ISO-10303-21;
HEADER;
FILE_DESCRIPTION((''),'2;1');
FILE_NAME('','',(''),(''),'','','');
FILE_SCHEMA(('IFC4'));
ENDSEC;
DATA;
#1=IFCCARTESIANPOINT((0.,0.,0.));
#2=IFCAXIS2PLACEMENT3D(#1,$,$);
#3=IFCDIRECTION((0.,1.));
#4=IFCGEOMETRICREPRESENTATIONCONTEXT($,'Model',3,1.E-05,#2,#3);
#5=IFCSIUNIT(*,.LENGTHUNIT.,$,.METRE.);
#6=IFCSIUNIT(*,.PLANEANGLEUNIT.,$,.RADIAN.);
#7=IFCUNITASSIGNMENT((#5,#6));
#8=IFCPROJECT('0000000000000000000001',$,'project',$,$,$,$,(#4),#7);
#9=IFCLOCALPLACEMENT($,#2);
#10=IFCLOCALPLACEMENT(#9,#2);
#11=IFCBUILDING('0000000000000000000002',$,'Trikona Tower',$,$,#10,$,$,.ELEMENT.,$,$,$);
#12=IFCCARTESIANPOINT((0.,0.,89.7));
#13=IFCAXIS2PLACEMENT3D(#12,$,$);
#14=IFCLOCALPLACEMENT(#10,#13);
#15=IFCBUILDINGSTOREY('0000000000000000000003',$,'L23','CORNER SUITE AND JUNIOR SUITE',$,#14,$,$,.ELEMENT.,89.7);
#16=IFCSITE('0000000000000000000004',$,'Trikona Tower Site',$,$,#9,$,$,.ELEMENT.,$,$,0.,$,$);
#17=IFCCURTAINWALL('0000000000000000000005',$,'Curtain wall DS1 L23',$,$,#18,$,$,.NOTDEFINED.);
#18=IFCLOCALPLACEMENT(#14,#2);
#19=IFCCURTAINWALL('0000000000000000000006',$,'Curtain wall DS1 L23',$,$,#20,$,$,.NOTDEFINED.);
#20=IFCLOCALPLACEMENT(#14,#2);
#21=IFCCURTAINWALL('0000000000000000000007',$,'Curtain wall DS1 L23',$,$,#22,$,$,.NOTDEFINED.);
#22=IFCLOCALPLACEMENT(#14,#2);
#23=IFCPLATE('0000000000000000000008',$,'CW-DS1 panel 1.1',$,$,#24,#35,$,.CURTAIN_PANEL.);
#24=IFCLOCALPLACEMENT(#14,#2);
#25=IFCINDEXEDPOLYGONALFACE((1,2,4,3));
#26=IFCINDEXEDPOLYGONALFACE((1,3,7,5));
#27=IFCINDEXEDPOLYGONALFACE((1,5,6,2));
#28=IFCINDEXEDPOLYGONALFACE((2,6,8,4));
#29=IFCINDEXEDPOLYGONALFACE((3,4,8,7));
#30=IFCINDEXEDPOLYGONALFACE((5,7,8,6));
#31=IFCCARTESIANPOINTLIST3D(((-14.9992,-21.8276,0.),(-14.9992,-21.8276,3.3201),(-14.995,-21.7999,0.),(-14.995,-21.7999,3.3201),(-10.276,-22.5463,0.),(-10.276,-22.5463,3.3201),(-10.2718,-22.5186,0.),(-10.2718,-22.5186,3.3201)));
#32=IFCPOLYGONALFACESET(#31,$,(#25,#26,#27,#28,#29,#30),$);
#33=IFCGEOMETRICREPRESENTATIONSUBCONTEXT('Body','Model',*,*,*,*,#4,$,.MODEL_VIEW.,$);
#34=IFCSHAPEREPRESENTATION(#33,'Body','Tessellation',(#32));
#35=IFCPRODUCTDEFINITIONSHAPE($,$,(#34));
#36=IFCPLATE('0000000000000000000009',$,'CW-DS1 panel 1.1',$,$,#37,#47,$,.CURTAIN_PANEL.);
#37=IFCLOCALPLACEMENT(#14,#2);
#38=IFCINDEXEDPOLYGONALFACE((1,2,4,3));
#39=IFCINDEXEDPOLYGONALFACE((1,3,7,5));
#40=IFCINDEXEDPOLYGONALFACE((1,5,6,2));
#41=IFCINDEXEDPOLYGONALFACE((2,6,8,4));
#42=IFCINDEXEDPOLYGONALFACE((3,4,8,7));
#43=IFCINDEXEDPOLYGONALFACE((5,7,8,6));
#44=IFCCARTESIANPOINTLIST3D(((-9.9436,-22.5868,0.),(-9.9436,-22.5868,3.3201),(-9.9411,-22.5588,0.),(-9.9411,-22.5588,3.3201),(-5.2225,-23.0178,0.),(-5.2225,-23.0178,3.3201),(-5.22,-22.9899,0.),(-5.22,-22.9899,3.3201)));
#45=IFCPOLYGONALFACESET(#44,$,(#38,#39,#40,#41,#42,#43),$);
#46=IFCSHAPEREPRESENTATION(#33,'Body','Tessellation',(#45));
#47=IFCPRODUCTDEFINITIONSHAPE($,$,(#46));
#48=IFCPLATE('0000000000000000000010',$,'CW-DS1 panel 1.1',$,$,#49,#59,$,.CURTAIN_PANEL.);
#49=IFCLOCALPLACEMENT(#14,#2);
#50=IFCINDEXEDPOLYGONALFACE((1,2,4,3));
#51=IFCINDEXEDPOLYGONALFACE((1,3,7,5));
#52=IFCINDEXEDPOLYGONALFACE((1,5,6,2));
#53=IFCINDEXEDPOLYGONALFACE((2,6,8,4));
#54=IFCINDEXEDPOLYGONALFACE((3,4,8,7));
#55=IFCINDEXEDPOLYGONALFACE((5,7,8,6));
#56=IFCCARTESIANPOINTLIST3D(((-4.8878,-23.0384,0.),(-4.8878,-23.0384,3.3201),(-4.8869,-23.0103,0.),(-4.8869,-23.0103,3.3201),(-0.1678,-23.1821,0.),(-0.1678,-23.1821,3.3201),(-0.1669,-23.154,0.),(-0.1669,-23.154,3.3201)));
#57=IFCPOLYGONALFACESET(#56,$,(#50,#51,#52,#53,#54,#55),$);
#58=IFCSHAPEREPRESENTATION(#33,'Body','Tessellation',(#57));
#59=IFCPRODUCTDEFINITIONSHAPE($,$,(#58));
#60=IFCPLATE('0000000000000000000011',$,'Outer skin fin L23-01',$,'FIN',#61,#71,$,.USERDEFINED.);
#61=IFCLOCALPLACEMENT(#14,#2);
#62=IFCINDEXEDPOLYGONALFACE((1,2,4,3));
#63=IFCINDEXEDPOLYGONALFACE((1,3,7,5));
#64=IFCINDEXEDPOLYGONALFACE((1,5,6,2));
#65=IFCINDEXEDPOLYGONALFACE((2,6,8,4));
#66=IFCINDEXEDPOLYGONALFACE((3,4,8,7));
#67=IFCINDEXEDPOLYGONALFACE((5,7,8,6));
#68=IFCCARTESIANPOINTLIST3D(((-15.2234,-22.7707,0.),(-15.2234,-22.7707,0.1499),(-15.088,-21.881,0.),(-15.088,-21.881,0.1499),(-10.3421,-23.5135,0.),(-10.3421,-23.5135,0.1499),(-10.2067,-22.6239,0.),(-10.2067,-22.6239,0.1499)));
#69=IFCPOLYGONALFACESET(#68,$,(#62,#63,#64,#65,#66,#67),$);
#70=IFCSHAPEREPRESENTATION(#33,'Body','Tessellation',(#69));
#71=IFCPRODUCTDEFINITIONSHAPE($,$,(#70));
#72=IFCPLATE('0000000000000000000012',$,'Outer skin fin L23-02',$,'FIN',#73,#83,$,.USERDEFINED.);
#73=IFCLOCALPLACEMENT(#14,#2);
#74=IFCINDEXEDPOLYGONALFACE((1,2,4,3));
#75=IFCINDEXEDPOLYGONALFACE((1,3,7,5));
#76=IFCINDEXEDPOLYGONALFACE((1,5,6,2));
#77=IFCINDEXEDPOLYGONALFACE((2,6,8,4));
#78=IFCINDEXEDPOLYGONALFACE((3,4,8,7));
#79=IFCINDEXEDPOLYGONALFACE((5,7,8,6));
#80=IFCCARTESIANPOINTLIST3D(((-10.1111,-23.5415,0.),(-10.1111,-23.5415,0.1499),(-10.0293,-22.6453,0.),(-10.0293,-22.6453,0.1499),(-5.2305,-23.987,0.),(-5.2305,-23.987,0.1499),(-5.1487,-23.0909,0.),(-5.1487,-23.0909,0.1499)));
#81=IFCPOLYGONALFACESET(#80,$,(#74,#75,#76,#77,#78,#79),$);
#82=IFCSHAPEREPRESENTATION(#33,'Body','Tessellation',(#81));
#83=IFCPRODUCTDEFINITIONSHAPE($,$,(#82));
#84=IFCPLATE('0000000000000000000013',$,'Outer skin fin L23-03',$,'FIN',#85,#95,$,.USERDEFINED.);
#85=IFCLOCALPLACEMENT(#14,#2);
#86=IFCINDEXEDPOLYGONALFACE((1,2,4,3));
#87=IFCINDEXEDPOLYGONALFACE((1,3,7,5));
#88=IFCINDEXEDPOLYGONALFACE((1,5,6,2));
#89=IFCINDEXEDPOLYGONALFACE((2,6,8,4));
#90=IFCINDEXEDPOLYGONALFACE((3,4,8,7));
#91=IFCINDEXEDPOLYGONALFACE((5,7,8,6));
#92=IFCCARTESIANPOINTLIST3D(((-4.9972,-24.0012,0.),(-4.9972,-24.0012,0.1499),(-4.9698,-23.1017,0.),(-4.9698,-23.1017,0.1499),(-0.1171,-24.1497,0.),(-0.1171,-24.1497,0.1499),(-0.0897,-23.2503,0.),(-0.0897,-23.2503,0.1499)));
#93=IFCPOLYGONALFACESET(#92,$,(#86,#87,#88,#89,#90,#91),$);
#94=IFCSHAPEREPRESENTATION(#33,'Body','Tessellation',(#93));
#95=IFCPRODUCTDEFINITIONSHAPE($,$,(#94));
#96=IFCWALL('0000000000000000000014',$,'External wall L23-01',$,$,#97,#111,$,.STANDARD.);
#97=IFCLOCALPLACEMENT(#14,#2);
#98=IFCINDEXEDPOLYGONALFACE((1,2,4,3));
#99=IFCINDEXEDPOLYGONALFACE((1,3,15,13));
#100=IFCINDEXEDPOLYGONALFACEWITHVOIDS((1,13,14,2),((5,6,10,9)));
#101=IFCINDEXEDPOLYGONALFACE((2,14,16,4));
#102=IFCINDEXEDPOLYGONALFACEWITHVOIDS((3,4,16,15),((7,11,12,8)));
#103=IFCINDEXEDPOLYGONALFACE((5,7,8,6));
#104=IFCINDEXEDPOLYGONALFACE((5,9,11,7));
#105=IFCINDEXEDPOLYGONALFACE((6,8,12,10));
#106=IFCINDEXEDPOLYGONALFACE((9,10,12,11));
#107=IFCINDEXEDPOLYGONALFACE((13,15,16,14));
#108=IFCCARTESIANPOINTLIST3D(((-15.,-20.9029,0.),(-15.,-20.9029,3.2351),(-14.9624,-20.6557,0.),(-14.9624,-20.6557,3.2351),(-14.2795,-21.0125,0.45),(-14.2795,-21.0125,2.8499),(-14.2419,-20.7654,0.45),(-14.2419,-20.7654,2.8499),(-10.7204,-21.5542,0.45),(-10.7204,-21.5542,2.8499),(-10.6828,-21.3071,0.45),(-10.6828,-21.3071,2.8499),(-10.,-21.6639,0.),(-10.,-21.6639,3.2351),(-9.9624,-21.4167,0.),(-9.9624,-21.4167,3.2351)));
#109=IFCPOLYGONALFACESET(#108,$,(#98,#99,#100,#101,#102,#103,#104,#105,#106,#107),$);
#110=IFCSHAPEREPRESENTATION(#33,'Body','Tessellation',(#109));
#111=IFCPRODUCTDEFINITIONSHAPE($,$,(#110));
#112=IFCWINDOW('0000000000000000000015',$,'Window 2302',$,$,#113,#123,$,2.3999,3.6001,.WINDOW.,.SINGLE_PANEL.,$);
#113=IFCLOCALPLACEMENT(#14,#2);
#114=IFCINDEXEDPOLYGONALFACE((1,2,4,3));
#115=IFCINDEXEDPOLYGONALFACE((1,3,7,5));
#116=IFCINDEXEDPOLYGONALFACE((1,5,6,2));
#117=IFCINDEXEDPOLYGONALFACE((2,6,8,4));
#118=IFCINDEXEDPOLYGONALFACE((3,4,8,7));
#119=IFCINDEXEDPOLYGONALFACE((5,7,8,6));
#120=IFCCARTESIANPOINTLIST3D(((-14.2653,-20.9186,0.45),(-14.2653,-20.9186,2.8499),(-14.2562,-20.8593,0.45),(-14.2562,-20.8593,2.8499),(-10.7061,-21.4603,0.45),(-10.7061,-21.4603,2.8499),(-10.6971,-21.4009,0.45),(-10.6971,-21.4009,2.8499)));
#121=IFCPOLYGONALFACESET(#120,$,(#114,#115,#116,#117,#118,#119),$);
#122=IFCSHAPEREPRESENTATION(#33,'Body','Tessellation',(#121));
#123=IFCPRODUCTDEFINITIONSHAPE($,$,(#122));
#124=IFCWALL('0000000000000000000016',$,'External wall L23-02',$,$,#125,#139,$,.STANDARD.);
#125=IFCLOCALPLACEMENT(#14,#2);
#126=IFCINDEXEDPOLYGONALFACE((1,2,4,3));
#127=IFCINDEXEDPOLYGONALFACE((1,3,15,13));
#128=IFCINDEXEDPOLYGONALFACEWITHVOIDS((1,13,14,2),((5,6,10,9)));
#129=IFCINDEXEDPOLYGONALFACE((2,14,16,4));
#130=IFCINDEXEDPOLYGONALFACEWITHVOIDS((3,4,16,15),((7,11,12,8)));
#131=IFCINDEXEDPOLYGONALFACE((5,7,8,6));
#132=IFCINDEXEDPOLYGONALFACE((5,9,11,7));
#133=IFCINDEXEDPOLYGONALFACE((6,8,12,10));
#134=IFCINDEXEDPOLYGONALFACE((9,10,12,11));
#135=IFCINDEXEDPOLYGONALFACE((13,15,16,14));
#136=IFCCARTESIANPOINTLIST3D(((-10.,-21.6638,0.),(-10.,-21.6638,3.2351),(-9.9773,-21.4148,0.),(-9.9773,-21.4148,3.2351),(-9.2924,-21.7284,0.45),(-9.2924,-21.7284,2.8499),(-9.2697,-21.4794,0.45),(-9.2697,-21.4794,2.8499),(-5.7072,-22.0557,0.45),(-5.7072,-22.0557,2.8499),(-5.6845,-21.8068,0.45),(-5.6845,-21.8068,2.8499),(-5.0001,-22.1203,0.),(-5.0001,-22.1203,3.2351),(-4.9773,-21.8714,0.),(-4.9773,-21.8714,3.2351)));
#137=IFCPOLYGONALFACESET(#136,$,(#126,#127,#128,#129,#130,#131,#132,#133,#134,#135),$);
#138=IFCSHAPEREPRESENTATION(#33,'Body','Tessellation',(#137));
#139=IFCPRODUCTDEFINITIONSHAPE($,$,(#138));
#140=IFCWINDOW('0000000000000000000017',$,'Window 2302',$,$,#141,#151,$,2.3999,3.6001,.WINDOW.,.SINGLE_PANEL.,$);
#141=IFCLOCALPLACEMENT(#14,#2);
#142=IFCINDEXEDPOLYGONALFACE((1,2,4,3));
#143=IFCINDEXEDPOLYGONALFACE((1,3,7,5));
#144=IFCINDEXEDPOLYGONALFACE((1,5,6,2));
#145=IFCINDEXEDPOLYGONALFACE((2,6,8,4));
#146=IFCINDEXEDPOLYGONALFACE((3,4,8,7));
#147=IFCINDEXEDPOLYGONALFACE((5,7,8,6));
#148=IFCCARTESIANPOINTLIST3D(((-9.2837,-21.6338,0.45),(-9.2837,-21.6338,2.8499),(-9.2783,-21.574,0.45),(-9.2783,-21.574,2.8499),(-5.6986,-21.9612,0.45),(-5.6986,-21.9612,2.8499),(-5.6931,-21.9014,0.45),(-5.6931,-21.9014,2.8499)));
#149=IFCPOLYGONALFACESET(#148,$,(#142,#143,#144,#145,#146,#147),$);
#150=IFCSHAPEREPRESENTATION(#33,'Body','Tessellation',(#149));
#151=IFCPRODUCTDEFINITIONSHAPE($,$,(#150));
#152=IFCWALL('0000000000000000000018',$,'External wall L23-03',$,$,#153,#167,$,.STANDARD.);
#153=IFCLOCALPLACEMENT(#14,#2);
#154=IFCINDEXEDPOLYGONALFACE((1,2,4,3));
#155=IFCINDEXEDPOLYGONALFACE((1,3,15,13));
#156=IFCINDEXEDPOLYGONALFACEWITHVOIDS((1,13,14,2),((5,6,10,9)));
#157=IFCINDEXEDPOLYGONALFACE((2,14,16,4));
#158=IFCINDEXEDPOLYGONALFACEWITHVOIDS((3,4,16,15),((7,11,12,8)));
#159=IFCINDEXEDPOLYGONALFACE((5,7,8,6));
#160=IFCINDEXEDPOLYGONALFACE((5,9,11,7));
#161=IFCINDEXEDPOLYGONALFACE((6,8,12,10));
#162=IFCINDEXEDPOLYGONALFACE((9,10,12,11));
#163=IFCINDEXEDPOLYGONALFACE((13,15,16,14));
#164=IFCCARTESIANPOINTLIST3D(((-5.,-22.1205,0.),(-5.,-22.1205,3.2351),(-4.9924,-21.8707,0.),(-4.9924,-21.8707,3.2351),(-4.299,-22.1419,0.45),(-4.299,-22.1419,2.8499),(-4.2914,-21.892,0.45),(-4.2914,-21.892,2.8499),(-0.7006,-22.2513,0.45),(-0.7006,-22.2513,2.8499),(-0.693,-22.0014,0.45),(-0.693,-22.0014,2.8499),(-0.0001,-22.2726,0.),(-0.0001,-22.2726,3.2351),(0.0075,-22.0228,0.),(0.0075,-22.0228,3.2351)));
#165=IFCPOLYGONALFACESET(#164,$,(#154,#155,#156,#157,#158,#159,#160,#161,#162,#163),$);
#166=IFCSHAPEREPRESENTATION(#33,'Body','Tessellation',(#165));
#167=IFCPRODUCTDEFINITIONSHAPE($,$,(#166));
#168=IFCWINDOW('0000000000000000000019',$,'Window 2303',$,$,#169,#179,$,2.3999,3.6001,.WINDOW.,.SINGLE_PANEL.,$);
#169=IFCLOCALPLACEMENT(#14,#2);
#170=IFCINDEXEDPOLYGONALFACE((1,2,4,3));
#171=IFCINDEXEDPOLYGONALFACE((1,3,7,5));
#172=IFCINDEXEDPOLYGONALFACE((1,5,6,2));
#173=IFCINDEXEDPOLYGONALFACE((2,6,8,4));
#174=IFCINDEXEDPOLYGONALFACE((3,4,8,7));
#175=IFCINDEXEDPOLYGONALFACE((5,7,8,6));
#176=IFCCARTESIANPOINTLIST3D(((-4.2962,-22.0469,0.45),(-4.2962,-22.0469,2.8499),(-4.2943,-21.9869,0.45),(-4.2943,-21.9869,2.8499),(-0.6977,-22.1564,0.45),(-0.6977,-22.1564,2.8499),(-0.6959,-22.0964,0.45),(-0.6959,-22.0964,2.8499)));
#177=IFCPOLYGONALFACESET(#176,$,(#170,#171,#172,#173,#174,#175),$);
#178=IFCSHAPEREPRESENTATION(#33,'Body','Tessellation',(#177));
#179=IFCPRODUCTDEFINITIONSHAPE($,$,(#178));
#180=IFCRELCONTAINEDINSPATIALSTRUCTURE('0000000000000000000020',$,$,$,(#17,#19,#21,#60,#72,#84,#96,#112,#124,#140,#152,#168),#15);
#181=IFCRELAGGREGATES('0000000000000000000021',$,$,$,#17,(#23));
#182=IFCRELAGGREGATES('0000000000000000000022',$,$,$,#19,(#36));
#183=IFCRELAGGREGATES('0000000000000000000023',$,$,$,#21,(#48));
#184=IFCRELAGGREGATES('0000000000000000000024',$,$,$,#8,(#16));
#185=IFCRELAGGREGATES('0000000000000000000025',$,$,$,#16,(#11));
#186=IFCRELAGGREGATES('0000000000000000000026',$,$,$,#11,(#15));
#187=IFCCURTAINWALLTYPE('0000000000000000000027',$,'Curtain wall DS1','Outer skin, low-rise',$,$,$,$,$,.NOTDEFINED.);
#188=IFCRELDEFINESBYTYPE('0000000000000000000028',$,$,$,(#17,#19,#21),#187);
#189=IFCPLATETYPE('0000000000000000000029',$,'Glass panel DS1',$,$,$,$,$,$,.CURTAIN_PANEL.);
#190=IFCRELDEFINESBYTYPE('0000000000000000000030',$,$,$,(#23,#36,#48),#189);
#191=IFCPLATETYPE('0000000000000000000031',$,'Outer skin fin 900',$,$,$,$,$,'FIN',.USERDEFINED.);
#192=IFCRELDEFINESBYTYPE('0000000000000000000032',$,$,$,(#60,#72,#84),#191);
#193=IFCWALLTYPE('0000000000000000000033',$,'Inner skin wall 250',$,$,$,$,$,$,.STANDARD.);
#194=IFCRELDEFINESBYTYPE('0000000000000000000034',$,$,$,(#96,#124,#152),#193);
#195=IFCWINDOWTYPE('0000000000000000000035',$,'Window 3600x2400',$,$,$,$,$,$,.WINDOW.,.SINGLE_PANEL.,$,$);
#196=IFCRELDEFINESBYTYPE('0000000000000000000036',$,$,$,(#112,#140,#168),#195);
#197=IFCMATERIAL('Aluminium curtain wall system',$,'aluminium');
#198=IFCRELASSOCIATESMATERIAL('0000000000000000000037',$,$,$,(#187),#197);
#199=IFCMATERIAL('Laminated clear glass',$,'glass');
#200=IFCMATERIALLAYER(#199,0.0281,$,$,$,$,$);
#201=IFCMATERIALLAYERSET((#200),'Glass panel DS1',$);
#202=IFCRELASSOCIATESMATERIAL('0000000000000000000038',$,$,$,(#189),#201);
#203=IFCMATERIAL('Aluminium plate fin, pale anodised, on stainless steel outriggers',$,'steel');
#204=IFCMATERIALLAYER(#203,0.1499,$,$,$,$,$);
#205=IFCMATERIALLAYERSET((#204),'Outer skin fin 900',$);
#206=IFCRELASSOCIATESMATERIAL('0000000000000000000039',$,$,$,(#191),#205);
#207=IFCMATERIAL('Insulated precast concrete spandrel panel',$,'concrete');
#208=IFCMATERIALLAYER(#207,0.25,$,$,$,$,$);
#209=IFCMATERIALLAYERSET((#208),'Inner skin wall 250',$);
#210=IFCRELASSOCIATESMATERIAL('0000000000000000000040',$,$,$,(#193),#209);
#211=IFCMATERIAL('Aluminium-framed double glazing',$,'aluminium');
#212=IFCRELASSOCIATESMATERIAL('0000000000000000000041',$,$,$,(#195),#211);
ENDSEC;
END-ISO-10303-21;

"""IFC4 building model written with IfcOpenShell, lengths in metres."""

from ifc_helpers import new_model, si_unit, direction, frame, frame_2d, origin, origin_2d, place, context, subcontext, project, spatial, rectangle, extrude, material, layer, layer_set, type_object, element, fill, aggregate, save


model = new_model("IFC4")

# Units and contexts
model_context = context("Model", 3, precision=1e-05, world=origin(), true_north=direction((0.0, 1.0)))
body_context = subcontext(model_context, "Body", "Model", "MODEL_VIEW")
ifc_project = project(units=[si_unit("LENGTHUNIT", "METRE"), si_unit("PLANEANGLEUNIT", "RADIAN")], contexts=[model_context])

# Site, building, storey
site_placement = place(None, origin())
site = spatial("IfcSite", under=ifc_project, at=site_placement, Name="Trikona Tower Site", CompositionType="ELEMENT", RefElevation=0.0)
building_placement = place(site_placement, origin())
building = spatial("IfcBuilding", under=site, at=building_placement, Name="Trikona Tower", CompositionType="ELEMENT")
storey_placement = place(building_placement, frame((0.0, 0.0, 89.7)))
storey = spatial("IfcBuildingStorey", under=building, at=storey_placement, Name="L23", Description="CORNER SUITE AND JUNIOR SUITE", CompositionType="ELEMENT", Elevation=89.7)

# Curtain wall
ifc_material_1 = material(Name="Aluminium curtain wall system", Category="aluminium")
curtain_wall_type = type_object("IfcCurtainWallType", Name="Curtain wall DS1", Description="Outer skin, low-rise", PredefinedType="NOTDEFINED", material=ifc_material_1)
curtain_wall_1_placement = place(storey_placement, origin())
curtain_wall_1 = element("IfcCurtainWall", 1, at=curtain_wall_1_placement, inside=storey, type_object=curtain_wall_type, Name="Curtain wall DS1 L23", PredefinedType="NOTDEFINED")

# Curtain walls
curtain_wall_2_placement = place(storey_placement, origin())
curtain_wall_2 = element("IfcCurtainWall", 2, at=curtain_wall_2_placement, inside=storey, type_object=curtain_wall_type, Name="Curtain wall DS1 L23", PredefinedType="NOTDEFINED")
curtain_wall_3_placement = place(storey_placement, origin())
curtain_wall_3 = element("IfcCurtainWall", 3, at=curtain_wall_3_placement, inside=storey, type_object=curtain_wall_type, Name="Curtain wall DS1 L23", PredefinedType="NOTDEFINED")

# Plates
ifc_material_2 = material(Name="Laminated clear glass", Category="glass")
ifc_layer_1 = layer(ifc_material_2, 0.0281)
ifc_layer_set_1 = layer_set([ifc_layer_1], Name="Glass panel DS1")
plate_type_1 = type_object("IfcPlateType", Name="Glass panel DS1", PredefinedType="CURTAIN_PANEL", material=ifc_layer_set_1)
plate_1_placement = place(storey_placement, frame((-12.6355, -22.1731, 0.0), z_axis=(0.0, 0.0, 1.0), x_axis=(0.988619, -0.150438, 0.0)))
plate_1 = element("IfcPlate", 4, at=plate_1_placement, type_object=plate_type_1, Name="CW-DS1 panel 1.1", PredefinedType="CURTAIN_PANEL", context=body_context, shape_type="SweptSolid", body=[
    extrude(rectangle(XDim=4.7776, YDim=0.0281, at=origin_2d()), origin(), (0.0, 0.0, 1.0), 3.3201),
])
aggregate(curtain_wall_1, [plate_1])
plate_2_placement = place(storey_placement, frame((-7.5818, -22.7883, 0.0), z_axis=(0.0, 0.0, 1.0), x_axis=(0.995858, -0.090924, 0.0)))
plate_2 = element("IfcPlate", 5, at=plate_2_placement, type_object=plate_type_1, Name="CW-DS1 panel 1.1", PredefinedType="CURTAIN_PANEL", context=body_context, shape_type="SweptSolid", body=[
    extrude(rectangle(XDim=4.7407, YDim=0.0281, at=origin_2d()), origin(), (0.0, 0.0, 1.0), 3.3201),
])
aggregate(curtain_wall_2, [plate_2])
plate_3_placement = place(storey_placement, frame((-2.5273, -23.0962, 0.0), z_axis=(0.0, 0.0, 1.0), x_axis=(0.999537, -0.030437, 0.0)))
plate_3 = element("IfcPlate", 6, at=plate_3_placement, type_object=plate_type_1, Name="CW-DS1 panel 1.1", PredefinedType="CURTAIN_PANEL", context=body_context, shape_type="SweptSolid", body=[
    extrude(rectangle(XDim=4.7222, YDim=0.0281, at=origin_2d()), origin(), (0.0, 0.0, 1.0), 3.3201),
])
aggregate(curtain_wall_3, [plate_3])

# Plates
ifc_material_3 = material(Name="Aluminium plate fin, pale anodised, on stainless steel outriggers", Category="steel")
ifc_layer_2 = layer(ifc_material_3, 0.1499)
ifc_layer_set_2 = layer_set([ifc_layer_2], Name="Outer skin fin 900")
plate_type_2 = type_object("IfcPlateType", Name="Outer skin fin 900", ElementType="FIN", PredefinedType="USERDEFINED", material=ifc_layer_set_2)
plate_4_placement = place(storey_placement, frame((-12.7151, -22.6973, 0.0), z_axis=(0.0, 0.0, 1.0), x_axis=(0.988618, -0.150448, 0.0)))
element("IfcPlate", 7, at=plate_4_placement, inside=storey, type_object=plate_type_2, Name="Outer skin fin L23-01", ObjectType="FIN", PredefinedType="USERDEFINED", context=body_context, shape_type="SweptSolid", body=[
    extrude(rectangle(XDim=4.9375, YDim=0.8999, at=origin_2d()), origin(), (0.0, 0.0, 1.0), 0.1499),
])
plate_5_placement = place(storey_placement, frame((-7.6299, -23.3162, 0.0), z_axis=(0.0, 0.0, 1.0), x_axis=(0.995858, -0.090921, 0.0)))
element("IfcPlate", 8, at=plate_5_placement, inside=storey, type_object=plate_type_2, Name="Outer skin fin L23-02", ObjectType="FIN", PredefinedType="USERDEFINED", context=body_context, shape_type="SweptSolid", body=[
    extrude(rectangle(XDim=4.9009, YDim=0.8999, at=origin_2d()), origin(), (0.0, 0.0, 1.0), 0.1499),
])
plate_6_placement = place(storey_placement, frame((-2.5435, -23.6257, 0.0), z_axis=(0.0, 0.0, 1.0), x_axis=(0.999537, -0.030425, 0.0)))
element("IfcPlate", 9, at=plate_6_placement, inside=storey, type_object=plate_type_2, Name="Outer skin fin L23-03", ObjectType="FIN", PredefinedType="USERDEFINED", context=body_context, shape_type="SweptSolid", body=[
    extrude(rectangle(XDim=4.8823, YDim=0.8999, at=origin_2d()), origin(), (0.0, 0.0, 1.0), 0.1499),
])

# Walls, openings, windows
ifc_material_4 = material(Name="Insulated precast concrete spandrel panel", Category="concrete")
ifc_layer_3 = layer(ifc_material_4, 0.25)
ifc_layer_set_3 = layer_set([ifc_layer_3], Name="Inner skin wall 250")
wall_type = type_object("IfcWallType", Name="Inner skin wall 250", PredefinedType="STANDARD", material=ifc_layer_set_3)
wall_1_placement = place(storey_placement, frame((-14.9812, -20.7793, 0.0), z_axis=(0.0, 0.0, 1.0), x_axis=(0.988615, -0.150465, 0.0)))
wall_1 = element("IfcWall", 10, at=wall_1_placement, inside=storey, type_object=wall_type, Name="External wall L23-01", PredefinedType="STANDARD", context=body_context, shape_type="SweptSolid", body=[
    extrude(rectangle(XDim=5.0576, YDim=0.25, at=frame_2d((2.5288, 0.0))), origin(), (0.0, 0.0, 1.0), 3.2351),
])
opening_1_placement = place(wall_1_placement, frame((0.7288, 0.0, 0.45)))
opening_1 = element("IfcOpeningElement", 11, at=opening_1_placement, cuts=wall_1, PredefinedType="OPENING", context=body_context, shape_type="SweptSolid", body=[
    extrude(rectangle(XDim=3.6001, YDim=2.3999, at=frame_2d((1.8, 1.2))), frame((0.0, 0.135, 0.0), z_axis=(0.0, -1.0, 0.0), x_axis=(1.0, 0.0, 0.0)), (0.0, 0.0, 1.0), 0.27),
])
ifc_material_5 = material(Name="Aluminium-framed double glazing", Category="aluminium")
window_type = type_object("IfcWindowType", Name="Window 3600x2400", PartitioningType="SINGLE_PANEL", PredefinedType="WINDOW", material=ifc_material_5)
window_1_placement = place(opening_1_placement, origin())
window_1 = element("IfcWindow", 12, at=window_1_placement, inside=storey, type_object=window_type, Name="Window 2302", OverallHeight=2.3999, OverallWidth=3.6001, PartitioningType="SINGLE_PANEL", PredefinedType="WINDOW", context=body_context, shape_type="SweptSolid", body=[
    extrude(rectangle(XDim=3.6001, YDim=2.3999, at=frame_2d((1.8, 1.2))), frame((0.0, 0.03, 0.0), z_axis=(0.0, -1.0, 0.0), x_axis=(1.0, 0.0, 0.0)), (0.0, 0.0, 1.0), 0.0601),
])
fill(opening_1, window_1)
wall_2_placement = place(storey_placement, frame((-9.9885, -21.5393, 0.0), z_axis=(0.0, 0.0, 1.0), x_axis=(0.995857, -0.09093, 0.0)))
wall_2 = element("IfcWall", 13, at=wall_2_placement, inside=storey, type_object=wall_type, Name="External wall L23-02", PredefinedType="STANDARD", context=body_context, shape_type="SweptSolid", body=[
    extrude(rectangle(XDim=5.0208, YDim=0.25, at=frame_2d((2.5103, 0.0))), origin(), (0.0, 0.0, 1.0), 3.2351),
])
opening_2_placement = place(wall_2_placement, frame((0.7104, 0.0, 0.45)))
opening_2 = element("IfcOpeningElement", 14, at=opening_2_placement, cuts=wall_2, PredefinedType="OPENING", context=body_context, shape_type="SweptSolid", body=[
    extrude(rectangle(XDim=3.6001, YDim=2.3999, at=frame_2d((1.8, 1.2))), frame((0.0, 0.135, 0.0), z_axis=(0.0, -1.0, 0.0), x_axis=(1.0, 0.0, 0.0)), (0.0, 0.0, 1.0), 0.27),
])
window_2_placement = place(opening_2_placement, origin())
window_2 = element("IfcWindow", 15, at=window_2_placement, inside=storey, type_object=window_type, Name="Window 2302", OverallHeight=2.3999, OverallWidth=3.6001, PartitioningType="SINGLE_PANEL", PredefinedType="WINDOW", context=body_context, shape_type="SweptSolid", body=[
    extrude(rectangle(XDim=3.6001, YDim=2.3999, at=frame_2d((1.8, 1.2))), frame((0.0, 0.03, 0.0), z_axis=(0.0, -1.0, 0.0), x_axis=(1.0, 0.0, 0.0)), (0.0, 0.0, 1.0), 0.0601),
])
fill(opening_2, window_2)
wall_3_placement = place(storey_placement, frame((-4.9961, -21.9956, 0.0), z_axis=(0.0, 0.0, 1.0), x_axis=(0.999538, -0.030406, 0.0)))
wall_3 = element("IfcWall", 16, at=wall_3_placement, inside=storey, type_object=wall_type, Name="External wall L23-03", PredefinedType="STANDARD", context=body_context, shape_type="SweptSolid", body=[
    extrude(rectangle(XDim=5.0022, YDim=0.25, at=frame_2d((2.501, 0.0))), origin(), (0.0, 0.0, 1.0), 3.2351),
])
opening_3_placement = place(wall_3_placement, frame((0.7012, 0.0, 0.45)))
opening_3 = element("IfcOpeningElement", 17, at=opening_3_placement, cuts=wall_3, PredefinedType="OPENING", context=body_context, shape_type="SweptSolid", body=[
    extrude(rectangle(XDim=3.6001, YDim=2.3999, at=frame_2d((1.8, 1.2))), frame((0.0, 0.135, 0.0), z_axis=(0.0, -1.0, 0.0), x_axis=(1.0, 0.0, 0.0)), (0.0, 0.0, 1.0), 0.27),
])
window_3_placement = place(opening_3_placement, origin())
window_3 = element("IfcWindow", 18, at=window_3_placement, inside=storey, type_object=window_type, Name="Window 2303", OverallHeight=2.3999, OverallWidth=3.6001, PartitioningType="SINGLE_PANEL", PredefinedType="WINDOW", context=body_context, shape_type="SweptSolid", body=[
    extrude(rectangle(XDim=3.6001, YDim=2.3999, at=frame_2d((1.8, 1.2))), frame((0.0, 0.03, 0.0), z_axis=(0.0, -1.0, 0.0), x_axis=(1.0, 0.0, 0.0)), (0.0, 0.0, 1.0), 0.0601),
])
fill(opening_3, window_3)

save(model, "model.ifc")
